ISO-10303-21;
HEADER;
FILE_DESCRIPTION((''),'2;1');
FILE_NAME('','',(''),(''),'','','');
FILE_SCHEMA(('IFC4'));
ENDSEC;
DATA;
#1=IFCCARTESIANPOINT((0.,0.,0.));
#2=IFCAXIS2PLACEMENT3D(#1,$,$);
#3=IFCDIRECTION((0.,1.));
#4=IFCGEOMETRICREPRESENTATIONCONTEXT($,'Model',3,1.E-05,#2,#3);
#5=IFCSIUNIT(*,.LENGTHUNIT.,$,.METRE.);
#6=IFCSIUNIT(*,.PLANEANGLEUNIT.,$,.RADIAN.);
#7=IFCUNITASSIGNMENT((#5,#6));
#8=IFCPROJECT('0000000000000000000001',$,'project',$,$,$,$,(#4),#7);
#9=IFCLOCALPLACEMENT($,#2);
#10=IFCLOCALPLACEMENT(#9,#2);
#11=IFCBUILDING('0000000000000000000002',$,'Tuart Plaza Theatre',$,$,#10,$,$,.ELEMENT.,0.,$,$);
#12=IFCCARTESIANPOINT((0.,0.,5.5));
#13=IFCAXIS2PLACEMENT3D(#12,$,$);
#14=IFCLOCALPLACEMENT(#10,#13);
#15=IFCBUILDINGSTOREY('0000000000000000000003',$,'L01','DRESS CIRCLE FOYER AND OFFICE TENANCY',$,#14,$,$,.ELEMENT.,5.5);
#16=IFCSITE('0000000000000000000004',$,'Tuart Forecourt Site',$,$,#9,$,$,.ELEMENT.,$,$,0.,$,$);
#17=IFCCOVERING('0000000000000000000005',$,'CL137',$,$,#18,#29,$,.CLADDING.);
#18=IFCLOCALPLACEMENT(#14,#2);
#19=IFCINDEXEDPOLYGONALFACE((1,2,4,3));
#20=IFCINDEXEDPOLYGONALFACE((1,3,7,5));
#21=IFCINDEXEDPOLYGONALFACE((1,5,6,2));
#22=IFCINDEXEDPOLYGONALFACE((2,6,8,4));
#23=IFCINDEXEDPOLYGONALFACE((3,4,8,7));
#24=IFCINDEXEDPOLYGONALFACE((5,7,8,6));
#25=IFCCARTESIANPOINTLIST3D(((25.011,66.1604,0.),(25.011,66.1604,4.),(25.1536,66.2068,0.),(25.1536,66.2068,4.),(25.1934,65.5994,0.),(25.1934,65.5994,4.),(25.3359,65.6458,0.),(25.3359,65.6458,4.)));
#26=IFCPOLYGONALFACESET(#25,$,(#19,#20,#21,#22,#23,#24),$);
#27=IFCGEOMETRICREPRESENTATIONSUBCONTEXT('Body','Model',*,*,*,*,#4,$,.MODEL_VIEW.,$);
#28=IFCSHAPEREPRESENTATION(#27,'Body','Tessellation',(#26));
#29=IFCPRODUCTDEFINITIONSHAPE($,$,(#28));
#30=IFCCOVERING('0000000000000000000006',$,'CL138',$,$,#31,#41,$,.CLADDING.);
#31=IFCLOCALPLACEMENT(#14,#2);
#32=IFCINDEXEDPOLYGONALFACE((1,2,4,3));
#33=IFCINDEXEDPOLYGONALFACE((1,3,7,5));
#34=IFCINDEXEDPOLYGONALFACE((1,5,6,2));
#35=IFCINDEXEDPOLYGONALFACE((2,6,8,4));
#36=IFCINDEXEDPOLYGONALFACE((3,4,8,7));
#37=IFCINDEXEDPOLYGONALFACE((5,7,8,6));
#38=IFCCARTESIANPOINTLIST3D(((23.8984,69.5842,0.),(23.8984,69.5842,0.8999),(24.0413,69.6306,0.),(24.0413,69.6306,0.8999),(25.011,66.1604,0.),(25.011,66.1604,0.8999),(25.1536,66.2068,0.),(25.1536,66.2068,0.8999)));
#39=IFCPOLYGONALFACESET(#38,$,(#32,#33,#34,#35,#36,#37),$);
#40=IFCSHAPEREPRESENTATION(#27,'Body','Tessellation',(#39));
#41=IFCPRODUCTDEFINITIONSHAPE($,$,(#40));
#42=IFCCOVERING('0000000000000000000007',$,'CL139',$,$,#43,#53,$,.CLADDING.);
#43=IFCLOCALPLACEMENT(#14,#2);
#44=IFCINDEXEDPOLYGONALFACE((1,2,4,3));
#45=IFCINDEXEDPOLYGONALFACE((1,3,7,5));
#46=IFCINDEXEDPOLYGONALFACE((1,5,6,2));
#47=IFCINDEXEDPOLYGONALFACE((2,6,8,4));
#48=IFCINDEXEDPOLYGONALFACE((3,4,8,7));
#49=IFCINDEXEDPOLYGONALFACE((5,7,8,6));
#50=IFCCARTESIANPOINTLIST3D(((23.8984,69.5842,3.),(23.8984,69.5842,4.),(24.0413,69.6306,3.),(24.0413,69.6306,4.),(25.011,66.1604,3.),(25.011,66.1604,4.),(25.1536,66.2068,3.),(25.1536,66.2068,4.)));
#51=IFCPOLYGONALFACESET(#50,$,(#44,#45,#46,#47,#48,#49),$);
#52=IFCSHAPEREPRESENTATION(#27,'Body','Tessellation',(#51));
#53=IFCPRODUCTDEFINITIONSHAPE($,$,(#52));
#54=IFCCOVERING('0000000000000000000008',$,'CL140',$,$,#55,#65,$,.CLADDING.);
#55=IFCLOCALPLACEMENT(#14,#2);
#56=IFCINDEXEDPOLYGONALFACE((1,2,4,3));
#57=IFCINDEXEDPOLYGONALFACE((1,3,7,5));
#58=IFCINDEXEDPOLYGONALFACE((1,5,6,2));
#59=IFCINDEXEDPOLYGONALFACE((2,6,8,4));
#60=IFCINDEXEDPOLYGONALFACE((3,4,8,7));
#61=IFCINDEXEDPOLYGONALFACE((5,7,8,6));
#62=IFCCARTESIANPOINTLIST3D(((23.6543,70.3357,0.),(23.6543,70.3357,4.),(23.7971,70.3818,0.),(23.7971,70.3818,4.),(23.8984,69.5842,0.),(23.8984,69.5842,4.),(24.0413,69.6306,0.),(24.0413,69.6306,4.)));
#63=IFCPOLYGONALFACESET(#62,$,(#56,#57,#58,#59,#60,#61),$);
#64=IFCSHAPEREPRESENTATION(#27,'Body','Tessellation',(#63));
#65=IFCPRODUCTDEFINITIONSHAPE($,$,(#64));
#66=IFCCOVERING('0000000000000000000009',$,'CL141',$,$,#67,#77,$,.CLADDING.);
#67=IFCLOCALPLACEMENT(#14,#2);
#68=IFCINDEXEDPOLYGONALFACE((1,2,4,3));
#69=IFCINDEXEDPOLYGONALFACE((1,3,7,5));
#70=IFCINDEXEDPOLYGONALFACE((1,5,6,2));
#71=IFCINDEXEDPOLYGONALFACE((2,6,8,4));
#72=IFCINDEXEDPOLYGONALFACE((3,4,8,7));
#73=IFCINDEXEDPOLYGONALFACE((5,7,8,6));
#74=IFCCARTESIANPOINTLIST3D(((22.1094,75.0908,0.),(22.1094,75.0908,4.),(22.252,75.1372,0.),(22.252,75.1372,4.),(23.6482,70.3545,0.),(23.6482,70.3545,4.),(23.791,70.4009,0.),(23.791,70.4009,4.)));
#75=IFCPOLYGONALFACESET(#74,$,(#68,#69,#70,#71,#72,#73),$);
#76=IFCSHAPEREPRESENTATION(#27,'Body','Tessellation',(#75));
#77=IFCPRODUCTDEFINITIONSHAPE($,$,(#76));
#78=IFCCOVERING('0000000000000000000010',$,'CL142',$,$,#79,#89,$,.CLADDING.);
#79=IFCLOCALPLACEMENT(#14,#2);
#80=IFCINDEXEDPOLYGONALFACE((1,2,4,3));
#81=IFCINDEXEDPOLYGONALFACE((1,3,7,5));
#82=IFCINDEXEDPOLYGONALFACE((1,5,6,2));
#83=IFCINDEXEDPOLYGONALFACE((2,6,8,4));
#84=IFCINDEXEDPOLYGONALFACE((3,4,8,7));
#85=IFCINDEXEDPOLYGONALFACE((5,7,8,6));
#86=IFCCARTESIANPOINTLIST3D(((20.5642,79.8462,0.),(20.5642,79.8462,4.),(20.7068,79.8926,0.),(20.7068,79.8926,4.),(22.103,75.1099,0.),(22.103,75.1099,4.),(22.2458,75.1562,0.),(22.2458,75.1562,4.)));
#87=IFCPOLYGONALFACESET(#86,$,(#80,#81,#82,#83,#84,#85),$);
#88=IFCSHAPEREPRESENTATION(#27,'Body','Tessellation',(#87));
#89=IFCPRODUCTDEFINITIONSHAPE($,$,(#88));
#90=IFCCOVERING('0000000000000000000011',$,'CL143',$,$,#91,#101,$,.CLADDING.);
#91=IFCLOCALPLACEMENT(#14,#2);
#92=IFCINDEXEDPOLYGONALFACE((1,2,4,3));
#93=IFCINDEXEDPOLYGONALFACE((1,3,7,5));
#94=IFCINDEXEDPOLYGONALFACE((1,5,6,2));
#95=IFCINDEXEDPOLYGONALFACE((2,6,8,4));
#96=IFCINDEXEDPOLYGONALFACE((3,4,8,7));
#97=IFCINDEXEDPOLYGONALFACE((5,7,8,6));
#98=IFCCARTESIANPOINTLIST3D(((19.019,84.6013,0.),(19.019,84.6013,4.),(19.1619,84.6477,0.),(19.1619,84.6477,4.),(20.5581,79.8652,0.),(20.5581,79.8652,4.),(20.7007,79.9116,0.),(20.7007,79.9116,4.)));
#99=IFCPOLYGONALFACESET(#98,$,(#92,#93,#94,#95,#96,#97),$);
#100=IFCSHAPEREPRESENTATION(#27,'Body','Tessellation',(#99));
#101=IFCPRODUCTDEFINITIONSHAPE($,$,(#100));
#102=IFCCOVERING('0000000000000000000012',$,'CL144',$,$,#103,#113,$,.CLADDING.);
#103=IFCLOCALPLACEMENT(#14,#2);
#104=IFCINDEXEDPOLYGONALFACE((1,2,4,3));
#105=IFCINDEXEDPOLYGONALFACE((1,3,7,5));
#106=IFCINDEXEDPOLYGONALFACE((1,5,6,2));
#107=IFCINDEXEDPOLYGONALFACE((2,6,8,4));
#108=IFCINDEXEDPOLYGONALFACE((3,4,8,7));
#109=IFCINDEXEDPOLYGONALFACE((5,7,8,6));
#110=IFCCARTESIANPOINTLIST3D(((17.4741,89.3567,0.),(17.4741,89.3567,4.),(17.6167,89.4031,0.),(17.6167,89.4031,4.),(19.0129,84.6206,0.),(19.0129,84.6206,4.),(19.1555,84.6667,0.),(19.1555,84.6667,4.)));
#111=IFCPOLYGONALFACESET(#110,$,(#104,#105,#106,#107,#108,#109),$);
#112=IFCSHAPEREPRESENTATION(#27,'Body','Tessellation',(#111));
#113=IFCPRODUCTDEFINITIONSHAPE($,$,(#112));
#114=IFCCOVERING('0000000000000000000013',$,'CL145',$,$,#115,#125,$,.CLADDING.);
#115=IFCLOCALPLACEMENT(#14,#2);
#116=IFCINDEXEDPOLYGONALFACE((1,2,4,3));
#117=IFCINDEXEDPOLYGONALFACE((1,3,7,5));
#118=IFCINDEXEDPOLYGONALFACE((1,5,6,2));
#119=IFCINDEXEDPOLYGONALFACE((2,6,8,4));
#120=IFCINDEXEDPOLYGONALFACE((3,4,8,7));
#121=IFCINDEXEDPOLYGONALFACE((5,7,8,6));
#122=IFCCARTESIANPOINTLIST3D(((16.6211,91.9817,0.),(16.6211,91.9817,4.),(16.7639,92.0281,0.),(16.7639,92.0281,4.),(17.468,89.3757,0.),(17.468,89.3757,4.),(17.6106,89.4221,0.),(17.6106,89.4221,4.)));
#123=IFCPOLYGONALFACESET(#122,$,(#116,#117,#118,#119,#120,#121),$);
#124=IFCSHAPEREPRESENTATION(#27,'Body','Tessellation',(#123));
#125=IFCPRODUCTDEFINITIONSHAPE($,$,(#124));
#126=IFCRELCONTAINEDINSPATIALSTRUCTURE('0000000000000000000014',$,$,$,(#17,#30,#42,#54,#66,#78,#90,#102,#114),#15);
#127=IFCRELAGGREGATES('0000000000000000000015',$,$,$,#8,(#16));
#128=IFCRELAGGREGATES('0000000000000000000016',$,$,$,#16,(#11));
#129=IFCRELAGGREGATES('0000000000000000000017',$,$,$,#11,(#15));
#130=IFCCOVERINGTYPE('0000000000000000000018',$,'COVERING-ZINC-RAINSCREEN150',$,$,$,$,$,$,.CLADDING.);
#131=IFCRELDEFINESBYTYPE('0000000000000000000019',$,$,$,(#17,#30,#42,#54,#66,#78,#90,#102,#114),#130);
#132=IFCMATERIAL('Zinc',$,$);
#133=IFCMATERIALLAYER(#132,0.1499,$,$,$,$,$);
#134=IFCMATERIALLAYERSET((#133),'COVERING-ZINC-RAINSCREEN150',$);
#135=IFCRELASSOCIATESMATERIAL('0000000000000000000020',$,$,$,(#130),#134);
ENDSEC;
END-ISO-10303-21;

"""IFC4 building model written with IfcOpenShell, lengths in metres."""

from ifc_helpers import new_model, si_unit, direction, frame, origin, place, context, subcontext, project, spatial, polyline, outline, extrude, material, layer, layer_set, type_object, element, save


model = new_model("IFC4")

# Units and contexts
model_context = context("Model", 3, precision=1e-05, world=origin(), true_north=direction((0.0, 1.0)))
body_context = subcontext(model_context, "Body", "Model", "MODEL_VIEW")
ifc_project = project(units=[si_unit("LENGTHUNIT", "METRE"), si_unit("PLANEANGLEUNIT", "RADIAN")], contexts=[model_context])

# Site, building, storey
site_placement = place(None, origin())
site = spatial("IfcSite", under=ifc_project, at=site_placement, Name="Tuart Forecourt Site", CompositionType="ELEMENT", RefElevation=0.0)
building_placement = place(site_placement, origin())
building = spatial("IfcBuilding", under=site, at=building_placement, Name="Tuart Plaza Theatre", CompositionType="ELEMENT", ElevationOfRefHeight=0.0)
storey_placement = place(building_placement, frame((0.0, 0.0, 5.5)))
storey = spatial("IfcBuildingStorey", under=building, at=storey_placement, Name="L01", Description="DRESS CIRCLE FOYER AND OFFICE TENANCY", CompositionType="ELEMENT", Elevation=5.5)

# Coverings
ifc_material_1 = material(Name="Zinc")
ifc_layer_1 = layer(ifc_material_1, 0.1499)
ifc_layer_set_1 = layer_set([ifc_layer_1], Name="COVERING-ZINC-RAINSCREEN150")
covering_type = type_object("IfcCoveringType", Name="COVERING-ZINC-RAINSCREEN150", PredefinedType="CLADDING", material=ifc_layer_set_1)
covering_1_placement = place(storey_placement, origin())
element("IfcCovering", 1, at=covering_1_placement, inside=storey, type_object=covering_type, Name="CL137", PredefinedType="CLADDING", context=body_context, shape_type="SweptSolid", body=[
    extrude(outline(polyline([(25.1934, 65.5994), (25.011, 66.1604), (25.1536, 66.2068), (25.3359, 65.6458), (25.1934, 65.5994)])), origin(), (0.0, 0.0, 1.0), 4.0),
])
covering_2_placement = place(storey_placement, origin())
element("IfcCovering", 2, at=covering_2_placement, inside=storey, type_object=covering_type, Name="CL138", PredefinedType="CLADDING", context=body_context, shape_type="SweptSolid", body=[
    extrude(outline(polyline([(25.011, 66.1604), (23.8984, 69.5842), (24.0413, 69.6306), (25.1536, 66.2068), (25.011, 66.1604)])), origin(), (0.0, 0.0, 1.0), 0.8999),
])
covering_3_placement = place(storey_placement, frame((0.0, 0.0, 3.0)))
element("IfcCovering", 3, at=covering_3_placement, inside=storey, type_object=covering_type, Name="CL139", PredefinedType="CLADDING", context=body_context, shape_type="SweptSolid", body=[
    extrude(outline(polyline([(25.011, 66.1604), (23.8984, 69.5842), (24.0413, 69.6306), (25.1536, 66.2068), (25.011, 66.1604)])), origin(), (0.0, 0.0, 1.0), 1.0),
])
covering_4_placement = place(storey_placement, origin())
element("IfcCovering", 4, at=covering_4_placement, inside=storey, type_object=covering_type, Name="CL140", PredefinedType="CLADDING", context=body_context, shape_type="SweptSolid", body=[
    extrude(outline(polyline([(23.8984, 69.5842), (23.6543, 70.3357), (23.7971, 70.3818), (24.0413, 69.6306), (23.8984, 69.5842)])), origin(), (0.0, 0.0, 1.0), 4.0),
])
covering_5_placement = place(storey_placement, origin())
element("IfcCovering", 5, at=covering_5_placement, inside=storey, type_object=covering_type, Name="CL141", PredefinedType="CLADDING", context=body_context, shape_type="SweptSolid", body=[
    extrude(outline(polyline([(23.6482, 70.3545), (22.1094, 75.0908), (22.252, 75.1372), (23.791, 70.4009), (23.6482, 70.3545)])), origin(), (0.0, 0.0, 1.0), 4.0),
])
covering_6_placement = place(storey_placement, origin())
element("IfcCovering", 6, at=covering_6_placement, inside=storey, type_object=covering_type, Name="CL142", PredefinedType="CLADDING", context=body_context, shape_type="SweptSolid", body=[
    extrude(outline(polyline([(22.103, 75.1099), (20.5642, 79.8462), (20.7068, 79.8926), (22.2458, 75.1562), (22.103, 75.1099)])), origin(), (0.0, 0.0, 1.0), 4.0),
])
covering_7_placement = place(storey_placement, origin())
element("IfcCovering", 7, at=covering_7_placement, inside=storey, type_object=covering_type, Name="CL143", PredefinedType="CLADDING", context=body_context, shape_type="SweptSolid", body=[
    extrude(outline(polyline([(20.5581, 79.8652), (19.019, 84.6013), (19.1619, 84.6477), (20.7007, 79.9116), (20.5581, 79.8652)])), origin(), (0.0, 0.0, 1.0), 4.0),
])
covering_8_placement = place(storey_placement, origin())
element("IfcCovering", 8, at=covering_8_placement, inside=storey, type_object=covering_type, Name="CL144", PredefinedType="CLADDING", context=body_context, shape_type="SweptSolid", body=[
    extrude(outline(polyline([(19.0129, 84.6206), (17.4741, 89.3567), (17.6167, 89.4031), (19.1555, 84.6667), (19.0129, 84.6206)])), origin(), (0.0, 0.0, 1.0), 4.0),
])
covering_9_placement = place(storey_placement, origin())
element("IfcCovering", 9, at=covering_9_placement, inside=storey, type_object=covering_type, Name="CL145", PredefinedType="CLADDING", context=body_context, shape_type="SweptSolid", body=[
    extrude(outline(polyline([(17.468, 89.3757), (16.6211, 91.9817), (16.7639, 92.0281), (17.6106, 89.4221), (17.468, 89.3757)])), origin(), (0.0, 0.0, 1.0), 4.0),
])

save(model, "model.ifc")
